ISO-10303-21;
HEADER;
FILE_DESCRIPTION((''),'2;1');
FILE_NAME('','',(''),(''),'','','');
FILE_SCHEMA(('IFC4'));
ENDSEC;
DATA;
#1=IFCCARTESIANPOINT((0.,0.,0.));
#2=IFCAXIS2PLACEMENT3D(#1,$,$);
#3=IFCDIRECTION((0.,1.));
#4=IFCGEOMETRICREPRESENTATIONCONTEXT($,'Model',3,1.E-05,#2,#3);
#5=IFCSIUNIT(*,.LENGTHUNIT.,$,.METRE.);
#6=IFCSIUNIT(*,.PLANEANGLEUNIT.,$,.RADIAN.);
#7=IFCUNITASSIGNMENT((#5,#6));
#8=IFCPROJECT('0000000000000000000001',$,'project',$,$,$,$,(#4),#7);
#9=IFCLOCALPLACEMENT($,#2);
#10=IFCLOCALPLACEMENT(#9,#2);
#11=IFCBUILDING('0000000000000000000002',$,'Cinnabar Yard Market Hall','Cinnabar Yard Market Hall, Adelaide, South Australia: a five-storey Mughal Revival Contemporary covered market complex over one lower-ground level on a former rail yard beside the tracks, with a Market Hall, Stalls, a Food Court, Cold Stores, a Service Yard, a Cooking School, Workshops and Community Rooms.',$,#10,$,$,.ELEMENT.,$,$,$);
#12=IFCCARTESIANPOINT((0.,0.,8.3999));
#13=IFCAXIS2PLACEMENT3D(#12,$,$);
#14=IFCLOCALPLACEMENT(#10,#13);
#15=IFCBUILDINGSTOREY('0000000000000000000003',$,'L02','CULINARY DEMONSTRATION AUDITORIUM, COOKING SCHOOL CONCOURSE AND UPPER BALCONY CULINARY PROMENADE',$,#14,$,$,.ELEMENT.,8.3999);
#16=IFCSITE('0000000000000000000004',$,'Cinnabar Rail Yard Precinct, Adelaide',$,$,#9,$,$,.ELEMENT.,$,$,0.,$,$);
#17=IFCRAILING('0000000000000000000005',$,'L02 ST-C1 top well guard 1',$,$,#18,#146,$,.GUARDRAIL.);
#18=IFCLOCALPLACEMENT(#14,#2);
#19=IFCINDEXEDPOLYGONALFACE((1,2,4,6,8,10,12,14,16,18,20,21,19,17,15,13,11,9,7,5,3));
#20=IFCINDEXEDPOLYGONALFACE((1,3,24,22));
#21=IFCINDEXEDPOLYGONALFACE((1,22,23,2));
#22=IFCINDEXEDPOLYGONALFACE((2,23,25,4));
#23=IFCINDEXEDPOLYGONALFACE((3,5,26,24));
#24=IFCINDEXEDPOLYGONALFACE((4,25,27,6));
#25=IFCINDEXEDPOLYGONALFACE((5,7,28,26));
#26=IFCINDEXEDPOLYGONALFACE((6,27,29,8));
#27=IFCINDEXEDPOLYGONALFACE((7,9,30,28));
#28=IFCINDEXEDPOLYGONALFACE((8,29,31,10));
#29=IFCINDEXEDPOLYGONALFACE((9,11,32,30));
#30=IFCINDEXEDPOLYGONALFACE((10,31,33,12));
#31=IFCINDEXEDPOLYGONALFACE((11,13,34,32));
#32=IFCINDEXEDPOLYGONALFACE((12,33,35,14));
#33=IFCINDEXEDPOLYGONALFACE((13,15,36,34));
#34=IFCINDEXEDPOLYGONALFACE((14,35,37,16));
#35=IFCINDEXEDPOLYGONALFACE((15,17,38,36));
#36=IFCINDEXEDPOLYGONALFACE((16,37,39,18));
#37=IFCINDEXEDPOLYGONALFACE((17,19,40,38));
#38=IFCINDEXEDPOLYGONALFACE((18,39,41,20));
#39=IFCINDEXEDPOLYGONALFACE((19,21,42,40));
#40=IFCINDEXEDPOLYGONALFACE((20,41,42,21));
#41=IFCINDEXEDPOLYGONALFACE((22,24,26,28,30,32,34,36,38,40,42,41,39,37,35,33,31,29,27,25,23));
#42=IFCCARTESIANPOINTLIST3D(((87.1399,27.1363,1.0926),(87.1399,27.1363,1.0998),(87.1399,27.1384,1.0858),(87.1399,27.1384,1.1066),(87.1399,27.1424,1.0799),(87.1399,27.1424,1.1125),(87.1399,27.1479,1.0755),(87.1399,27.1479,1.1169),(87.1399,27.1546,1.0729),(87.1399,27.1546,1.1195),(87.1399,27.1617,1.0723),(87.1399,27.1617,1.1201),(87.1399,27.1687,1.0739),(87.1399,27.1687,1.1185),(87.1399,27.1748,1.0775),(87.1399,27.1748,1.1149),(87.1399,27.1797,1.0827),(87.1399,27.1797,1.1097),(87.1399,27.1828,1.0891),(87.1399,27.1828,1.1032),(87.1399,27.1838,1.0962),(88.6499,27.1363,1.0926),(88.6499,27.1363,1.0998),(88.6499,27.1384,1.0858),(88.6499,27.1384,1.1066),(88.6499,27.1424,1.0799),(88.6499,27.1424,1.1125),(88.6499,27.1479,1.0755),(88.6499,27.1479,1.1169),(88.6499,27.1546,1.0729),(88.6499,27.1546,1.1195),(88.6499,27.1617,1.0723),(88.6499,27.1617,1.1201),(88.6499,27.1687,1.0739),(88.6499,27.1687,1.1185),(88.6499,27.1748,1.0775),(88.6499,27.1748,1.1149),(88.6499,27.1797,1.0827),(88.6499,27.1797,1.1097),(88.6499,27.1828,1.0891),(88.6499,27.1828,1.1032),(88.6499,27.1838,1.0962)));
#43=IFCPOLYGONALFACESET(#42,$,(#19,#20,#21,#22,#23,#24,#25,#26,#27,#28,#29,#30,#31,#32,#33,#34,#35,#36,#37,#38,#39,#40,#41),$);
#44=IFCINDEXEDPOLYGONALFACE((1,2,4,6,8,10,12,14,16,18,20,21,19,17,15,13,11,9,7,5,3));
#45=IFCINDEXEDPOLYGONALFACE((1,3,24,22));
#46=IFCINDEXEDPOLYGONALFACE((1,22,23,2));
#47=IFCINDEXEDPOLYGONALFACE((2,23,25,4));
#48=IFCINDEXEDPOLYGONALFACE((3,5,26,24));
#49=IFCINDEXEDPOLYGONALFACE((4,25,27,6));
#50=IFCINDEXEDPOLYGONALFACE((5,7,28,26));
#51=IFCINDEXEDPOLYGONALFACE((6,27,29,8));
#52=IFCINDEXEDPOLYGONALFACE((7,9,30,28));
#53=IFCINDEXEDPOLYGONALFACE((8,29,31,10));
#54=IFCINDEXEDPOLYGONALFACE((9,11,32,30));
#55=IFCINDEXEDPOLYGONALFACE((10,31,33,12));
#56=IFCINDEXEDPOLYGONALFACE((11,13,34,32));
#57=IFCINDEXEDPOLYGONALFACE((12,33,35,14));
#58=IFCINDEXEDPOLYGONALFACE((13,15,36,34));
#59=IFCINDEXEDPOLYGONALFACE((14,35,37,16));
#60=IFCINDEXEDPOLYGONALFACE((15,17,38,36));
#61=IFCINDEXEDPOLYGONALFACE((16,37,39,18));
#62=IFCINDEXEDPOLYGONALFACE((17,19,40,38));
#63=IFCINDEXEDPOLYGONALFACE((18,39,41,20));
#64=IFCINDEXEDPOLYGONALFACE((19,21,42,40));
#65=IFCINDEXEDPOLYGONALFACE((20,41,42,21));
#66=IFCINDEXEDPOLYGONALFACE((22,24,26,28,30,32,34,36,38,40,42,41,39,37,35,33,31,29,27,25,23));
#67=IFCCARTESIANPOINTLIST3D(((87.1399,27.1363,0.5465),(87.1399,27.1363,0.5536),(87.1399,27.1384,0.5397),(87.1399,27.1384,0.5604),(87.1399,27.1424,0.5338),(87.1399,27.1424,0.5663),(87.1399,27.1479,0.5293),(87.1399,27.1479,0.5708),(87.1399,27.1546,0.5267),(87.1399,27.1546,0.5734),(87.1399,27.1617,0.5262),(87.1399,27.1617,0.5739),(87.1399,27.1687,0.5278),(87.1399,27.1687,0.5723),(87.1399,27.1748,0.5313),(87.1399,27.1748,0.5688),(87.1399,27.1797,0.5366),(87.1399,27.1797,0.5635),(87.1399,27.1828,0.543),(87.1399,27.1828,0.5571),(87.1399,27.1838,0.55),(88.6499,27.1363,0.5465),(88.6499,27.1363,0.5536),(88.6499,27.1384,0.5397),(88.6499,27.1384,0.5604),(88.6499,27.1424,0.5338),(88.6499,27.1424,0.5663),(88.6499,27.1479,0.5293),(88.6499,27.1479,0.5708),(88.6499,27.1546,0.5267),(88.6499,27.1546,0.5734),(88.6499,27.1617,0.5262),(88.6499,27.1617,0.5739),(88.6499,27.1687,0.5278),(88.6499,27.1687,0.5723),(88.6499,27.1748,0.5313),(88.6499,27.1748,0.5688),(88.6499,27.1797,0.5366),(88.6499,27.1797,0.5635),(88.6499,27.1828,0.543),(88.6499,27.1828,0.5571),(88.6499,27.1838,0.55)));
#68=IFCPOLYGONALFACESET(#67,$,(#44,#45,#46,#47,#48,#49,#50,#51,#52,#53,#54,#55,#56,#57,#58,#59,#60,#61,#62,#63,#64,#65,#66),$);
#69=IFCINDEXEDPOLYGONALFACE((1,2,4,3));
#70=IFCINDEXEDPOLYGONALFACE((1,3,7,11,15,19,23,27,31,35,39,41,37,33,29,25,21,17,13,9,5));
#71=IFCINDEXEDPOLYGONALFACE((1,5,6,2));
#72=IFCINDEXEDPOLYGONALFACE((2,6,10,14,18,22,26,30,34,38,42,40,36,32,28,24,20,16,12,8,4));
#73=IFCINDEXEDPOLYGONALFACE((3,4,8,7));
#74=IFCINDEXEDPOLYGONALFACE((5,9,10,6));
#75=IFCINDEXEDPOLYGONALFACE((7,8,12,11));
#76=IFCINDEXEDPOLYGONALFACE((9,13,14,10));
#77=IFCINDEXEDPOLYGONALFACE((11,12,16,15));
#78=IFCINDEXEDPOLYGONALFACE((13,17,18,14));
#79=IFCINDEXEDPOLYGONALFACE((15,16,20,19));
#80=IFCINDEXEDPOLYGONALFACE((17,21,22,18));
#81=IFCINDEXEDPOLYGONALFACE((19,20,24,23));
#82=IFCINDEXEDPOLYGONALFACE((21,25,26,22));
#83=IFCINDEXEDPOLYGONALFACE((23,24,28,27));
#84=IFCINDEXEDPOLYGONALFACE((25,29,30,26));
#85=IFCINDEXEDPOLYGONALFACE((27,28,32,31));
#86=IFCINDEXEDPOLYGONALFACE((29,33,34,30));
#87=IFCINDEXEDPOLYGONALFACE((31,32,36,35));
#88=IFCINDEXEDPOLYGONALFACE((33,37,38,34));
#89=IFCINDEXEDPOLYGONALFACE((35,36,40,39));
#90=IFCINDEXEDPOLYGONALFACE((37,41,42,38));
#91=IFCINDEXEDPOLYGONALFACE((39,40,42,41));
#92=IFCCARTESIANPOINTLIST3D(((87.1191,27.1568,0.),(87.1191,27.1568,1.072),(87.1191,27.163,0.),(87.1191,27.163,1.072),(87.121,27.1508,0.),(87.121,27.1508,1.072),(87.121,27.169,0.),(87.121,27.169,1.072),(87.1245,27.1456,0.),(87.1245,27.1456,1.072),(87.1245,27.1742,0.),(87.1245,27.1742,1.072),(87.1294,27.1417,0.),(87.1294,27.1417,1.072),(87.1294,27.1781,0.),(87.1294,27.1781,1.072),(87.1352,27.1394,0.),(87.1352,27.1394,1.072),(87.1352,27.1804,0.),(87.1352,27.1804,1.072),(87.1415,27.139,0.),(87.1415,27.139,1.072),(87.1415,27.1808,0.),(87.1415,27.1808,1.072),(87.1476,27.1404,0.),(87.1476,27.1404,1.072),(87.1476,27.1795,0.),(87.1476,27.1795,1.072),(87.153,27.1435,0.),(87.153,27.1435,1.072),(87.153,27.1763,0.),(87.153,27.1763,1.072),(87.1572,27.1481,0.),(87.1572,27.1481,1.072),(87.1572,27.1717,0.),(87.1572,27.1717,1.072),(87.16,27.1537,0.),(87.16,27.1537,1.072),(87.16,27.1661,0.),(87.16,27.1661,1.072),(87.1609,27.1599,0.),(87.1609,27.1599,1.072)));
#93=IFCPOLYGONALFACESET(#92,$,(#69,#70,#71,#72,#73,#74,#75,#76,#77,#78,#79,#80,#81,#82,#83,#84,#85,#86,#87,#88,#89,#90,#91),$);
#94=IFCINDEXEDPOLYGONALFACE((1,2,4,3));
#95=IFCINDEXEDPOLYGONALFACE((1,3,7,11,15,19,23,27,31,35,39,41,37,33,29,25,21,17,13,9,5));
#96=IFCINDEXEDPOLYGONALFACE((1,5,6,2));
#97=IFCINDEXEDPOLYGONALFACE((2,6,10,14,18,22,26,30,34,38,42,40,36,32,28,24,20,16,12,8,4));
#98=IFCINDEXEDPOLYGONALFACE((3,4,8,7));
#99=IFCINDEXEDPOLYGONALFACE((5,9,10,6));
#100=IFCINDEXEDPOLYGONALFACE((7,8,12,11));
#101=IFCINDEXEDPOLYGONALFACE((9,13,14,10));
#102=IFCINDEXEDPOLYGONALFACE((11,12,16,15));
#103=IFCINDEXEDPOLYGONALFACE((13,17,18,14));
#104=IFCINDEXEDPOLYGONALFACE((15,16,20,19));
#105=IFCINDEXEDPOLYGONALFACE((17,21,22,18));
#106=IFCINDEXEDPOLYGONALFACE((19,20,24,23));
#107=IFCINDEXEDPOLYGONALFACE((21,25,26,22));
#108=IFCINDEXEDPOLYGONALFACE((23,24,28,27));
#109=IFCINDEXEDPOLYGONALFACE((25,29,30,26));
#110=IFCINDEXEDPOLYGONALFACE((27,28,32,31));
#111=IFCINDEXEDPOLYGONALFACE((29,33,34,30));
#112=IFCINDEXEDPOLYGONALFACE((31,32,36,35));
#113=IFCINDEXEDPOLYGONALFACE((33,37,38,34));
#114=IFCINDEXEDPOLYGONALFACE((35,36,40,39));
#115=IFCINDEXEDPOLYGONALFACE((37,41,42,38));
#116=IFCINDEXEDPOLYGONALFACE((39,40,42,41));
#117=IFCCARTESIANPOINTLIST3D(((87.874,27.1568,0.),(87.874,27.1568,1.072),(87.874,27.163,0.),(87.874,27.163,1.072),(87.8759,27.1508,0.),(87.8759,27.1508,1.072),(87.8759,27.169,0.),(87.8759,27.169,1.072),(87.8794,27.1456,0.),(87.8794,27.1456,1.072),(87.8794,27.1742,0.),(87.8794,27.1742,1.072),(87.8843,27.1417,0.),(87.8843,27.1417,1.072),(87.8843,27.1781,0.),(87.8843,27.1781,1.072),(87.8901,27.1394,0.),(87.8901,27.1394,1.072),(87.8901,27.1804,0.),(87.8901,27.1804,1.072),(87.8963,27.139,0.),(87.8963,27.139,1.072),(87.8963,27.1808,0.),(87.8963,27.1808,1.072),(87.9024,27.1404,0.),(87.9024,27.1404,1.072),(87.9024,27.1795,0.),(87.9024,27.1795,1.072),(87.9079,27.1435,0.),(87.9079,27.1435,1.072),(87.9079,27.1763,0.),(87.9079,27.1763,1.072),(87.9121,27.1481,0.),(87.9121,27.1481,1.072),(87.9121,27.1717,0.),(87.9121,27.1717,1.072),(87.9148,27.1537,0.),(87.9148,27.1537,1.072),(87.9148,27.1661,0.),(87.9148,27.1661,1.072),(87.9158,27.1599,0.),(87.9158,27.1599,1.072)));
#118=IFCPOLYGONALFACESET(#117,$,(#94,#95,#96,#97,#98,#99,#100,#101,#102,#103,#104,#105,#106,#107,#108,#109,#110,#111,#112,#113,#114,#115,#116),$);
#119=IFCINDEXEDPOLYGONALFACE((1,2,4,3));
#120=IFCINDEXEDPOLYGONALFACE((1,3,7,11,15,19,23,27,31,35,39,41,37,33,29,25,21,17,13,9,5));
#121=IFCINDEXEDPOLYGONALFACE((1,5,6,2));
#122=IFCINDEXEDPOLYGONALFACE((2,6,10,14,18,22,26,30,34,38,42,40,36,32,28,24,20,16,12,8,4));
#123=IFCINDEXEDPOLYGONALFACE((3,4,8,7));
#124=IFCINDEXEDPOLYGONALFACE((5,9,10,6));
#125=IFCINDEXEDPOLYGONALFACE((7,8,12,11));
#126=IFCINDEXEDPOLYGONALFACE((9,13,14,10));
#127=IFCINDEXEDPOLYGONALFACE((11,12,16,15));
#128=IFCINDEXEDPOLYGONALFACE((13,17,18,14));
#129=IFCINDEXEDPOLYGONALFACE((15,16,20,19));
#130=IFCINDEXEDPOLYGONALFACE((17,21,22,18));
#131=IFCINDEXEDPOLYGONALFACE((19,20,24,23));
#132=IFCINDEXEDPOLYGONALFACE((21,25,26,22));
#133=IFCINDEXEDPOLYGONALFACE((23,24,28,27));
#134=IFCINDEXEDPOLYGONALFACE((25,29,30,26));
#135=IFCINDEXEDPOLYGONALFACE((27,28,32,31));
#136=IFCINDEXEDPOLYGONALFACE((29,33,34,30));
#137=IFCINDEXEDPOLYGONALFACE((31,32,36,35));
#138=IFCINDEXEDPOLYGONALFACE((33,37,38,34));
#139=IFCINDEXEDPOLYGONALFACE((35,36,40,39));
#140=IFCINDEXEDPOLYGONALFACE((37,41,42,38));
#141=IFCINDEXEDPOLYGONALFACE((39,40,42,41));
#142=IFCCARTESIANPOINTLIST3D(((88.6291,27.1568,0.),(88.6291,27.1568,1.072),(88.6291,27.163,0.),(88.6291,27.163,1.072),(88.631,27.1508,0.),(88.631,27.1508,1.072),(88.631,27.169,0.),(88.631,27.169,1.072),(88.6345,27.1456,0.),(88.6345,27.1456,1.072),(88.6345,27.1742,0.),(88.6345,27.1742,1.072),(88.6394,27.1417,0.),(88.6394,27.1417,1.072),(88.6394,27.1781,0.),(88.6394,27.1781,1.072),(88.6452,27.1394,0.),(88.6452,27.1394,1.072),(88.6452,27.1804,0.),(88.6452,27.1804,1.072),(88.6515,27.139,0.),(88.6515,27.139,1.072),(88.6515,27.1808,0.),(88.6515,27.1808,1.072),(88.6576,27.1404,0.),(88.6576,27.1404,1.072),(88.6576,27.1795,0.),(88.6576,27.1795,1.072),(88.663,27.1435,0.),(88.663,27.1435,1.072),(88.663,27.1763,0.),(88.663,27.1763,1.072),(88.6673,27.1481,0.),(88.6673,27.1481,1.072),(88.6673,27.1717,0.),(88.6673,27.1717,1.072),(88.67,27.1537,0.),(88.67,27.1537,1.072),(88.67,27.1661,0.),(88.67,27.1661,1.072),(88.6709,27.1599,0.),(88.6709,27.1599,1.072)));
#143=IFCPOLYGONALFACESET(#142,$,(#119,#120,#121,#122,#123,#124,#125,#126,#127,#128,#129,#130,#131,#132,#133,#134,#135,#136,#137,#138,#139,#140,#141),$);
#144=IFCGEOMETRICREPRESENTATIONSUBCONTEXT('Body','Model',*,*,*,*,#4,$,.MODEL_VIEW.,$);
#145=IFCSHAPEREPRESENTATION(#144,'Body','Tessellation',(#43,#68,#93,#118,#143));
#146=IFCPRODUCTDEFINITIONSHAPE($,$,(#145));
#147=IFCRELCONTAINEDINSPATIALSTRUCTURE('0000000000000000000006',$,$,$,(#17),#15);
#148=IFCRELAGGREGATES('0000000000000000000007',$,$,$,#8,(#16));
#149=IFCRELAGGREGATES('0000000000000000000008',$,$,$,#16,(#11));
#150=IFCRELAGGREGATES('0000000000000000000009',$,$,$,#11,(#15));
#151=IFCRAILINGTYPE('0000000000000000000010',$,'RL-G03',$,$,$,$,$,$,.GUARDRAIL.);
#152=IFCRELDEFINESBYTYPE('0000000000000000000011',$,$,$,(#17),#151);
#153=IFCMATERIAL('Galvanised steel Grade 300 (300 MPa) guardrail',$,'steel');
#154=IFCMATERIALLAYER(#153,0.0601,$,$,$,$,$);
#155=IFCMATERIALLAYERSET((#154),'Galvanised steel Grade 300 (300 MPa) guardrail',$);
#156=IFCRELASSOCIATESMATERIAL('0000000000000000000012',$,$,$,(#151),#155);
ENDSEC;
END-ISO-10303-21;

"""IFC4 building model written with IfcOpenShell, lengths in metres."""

from ifc_helpers import new_model, si_unit, direction, frame, origin, origin_2d_with_axis, place, context, subcontext, project, spatial, circle, extrude, material, layer, layer_set, type_object, element, save


model = new_model("IFC4")

# Units and contexts
model_context = context("Model", 3, precision=1e-05, world=origin(), true_north=direction((0.0, 1.0)))
body_context = subcontext(model_context, "Body", "Model", "MODEL_VIEW")
ifc_project = project(units=[si_unit("LENGTHUNIT", "METRE"), si_unit("PLANEANGLEUNIT", "RADIAN")], contexts=[model_context])

# Site, building, storey
site_placement = place(None, origin())
site = spatial("IfcSite", under=ifc_project, at=site_placement, Name="Cinnabar Rail Yard Precinct, Adelaide", CompositionType="ELEMENT", RefElevation=0.0)
building_placement = place(site_placement, origin())
building = spatial("IfcBuilding", under=site, at=building_placement, Name="Cinnabar Yard Market Hall", Description="Cinnabar Yard Market Hall, Adelaide, South Australia: a five-storey Mughal Revival Contemporary covered market complex over one lower-ground level on a former rail yard beside the tracks, with a Market Hall, Stalls, a Food Court, Cold Stores, a Service Yard, a Cooking School, Workshops and Community Rooms.", CompositionType="ELEMENT")
storey_placement = place(building_placement, frame((0.0, 0.0, 8.3999)))
storey = spatial("IfcBuildingStorey", under=building, at=storey_placement, Name="L02", Description="CULINARY DEMONSTRATION AUDITORIUM, COOKING SCHOOL CONCOURSE AND UPPER BALCONY CULINARY PROMENADE", CompositionType="ELEMENT", Elevation=8.3999)

# Railing
ifc_material_1 = material(Name="Galvanised steel Grade 300 (300 MPa) guardrail", Category="steel")
ifc_layer_1 = layer(ifc_material_1, 0.0601)
ifc_layer_set_1 = layer_set([ifc_layer_1], Name="Galvanised steel Grade 300 (300 MPa) guardrail")
railing_type_1 = type_object("IfcRailingType", Name="RL-G03", PredefinedType="GUARDRAIL", material=ifc_layer_set_1)
railing_1_placement = place(storey_placement, frame((87.1399, 27.1599, 0.0)))
element("IfcRailing", 1, at=railing_1_placement, inside=storey, type_object=railing_type_1, Name="L02 ST-C1 top well guard 1", PredefinedType="GUARDRAIL", context=body_context, shape_type="SweptSolid", body=[
    extrude(circle(Radius=0.0239, at=origin_2d_with_axis()), frame((0.0, 0.0, 1.0962), z_axis=(1.0, 0.0, 0.0), x_axis=(0.0, 1.0, 0.0)), (0.0, 0.0, 1.0), 1.51),
    extrude(circle(Radius=0.0239, at=origin_2d_with_axis()), frame((0.0, 0.0, 0.55), z_axis=(1.0, 0.0, 0.0), x_axis=(0.0, 1.0, 0.0)), (0.0, 0.0, 1.0), 1.51),
    extrude(circle(Radius=0.021, at=origin_2d_with_axis()), origin(), (0.0, 0.0, 1.0), 1.072),
    extrude(circle(Radius=0.021, at=origin_2d_with_axis()), frame((0.7549, 0.0, 0.0)), (0.0, 0.0, 1.0), 1.072),
    extrude(circle(Radius=0.021, at=origin_2d_with_axis()), frame((1.51, 0.0, 0.0)), (0.0, 0.0, 1.0), 1.072),
])

save(model, "model.ifc")
